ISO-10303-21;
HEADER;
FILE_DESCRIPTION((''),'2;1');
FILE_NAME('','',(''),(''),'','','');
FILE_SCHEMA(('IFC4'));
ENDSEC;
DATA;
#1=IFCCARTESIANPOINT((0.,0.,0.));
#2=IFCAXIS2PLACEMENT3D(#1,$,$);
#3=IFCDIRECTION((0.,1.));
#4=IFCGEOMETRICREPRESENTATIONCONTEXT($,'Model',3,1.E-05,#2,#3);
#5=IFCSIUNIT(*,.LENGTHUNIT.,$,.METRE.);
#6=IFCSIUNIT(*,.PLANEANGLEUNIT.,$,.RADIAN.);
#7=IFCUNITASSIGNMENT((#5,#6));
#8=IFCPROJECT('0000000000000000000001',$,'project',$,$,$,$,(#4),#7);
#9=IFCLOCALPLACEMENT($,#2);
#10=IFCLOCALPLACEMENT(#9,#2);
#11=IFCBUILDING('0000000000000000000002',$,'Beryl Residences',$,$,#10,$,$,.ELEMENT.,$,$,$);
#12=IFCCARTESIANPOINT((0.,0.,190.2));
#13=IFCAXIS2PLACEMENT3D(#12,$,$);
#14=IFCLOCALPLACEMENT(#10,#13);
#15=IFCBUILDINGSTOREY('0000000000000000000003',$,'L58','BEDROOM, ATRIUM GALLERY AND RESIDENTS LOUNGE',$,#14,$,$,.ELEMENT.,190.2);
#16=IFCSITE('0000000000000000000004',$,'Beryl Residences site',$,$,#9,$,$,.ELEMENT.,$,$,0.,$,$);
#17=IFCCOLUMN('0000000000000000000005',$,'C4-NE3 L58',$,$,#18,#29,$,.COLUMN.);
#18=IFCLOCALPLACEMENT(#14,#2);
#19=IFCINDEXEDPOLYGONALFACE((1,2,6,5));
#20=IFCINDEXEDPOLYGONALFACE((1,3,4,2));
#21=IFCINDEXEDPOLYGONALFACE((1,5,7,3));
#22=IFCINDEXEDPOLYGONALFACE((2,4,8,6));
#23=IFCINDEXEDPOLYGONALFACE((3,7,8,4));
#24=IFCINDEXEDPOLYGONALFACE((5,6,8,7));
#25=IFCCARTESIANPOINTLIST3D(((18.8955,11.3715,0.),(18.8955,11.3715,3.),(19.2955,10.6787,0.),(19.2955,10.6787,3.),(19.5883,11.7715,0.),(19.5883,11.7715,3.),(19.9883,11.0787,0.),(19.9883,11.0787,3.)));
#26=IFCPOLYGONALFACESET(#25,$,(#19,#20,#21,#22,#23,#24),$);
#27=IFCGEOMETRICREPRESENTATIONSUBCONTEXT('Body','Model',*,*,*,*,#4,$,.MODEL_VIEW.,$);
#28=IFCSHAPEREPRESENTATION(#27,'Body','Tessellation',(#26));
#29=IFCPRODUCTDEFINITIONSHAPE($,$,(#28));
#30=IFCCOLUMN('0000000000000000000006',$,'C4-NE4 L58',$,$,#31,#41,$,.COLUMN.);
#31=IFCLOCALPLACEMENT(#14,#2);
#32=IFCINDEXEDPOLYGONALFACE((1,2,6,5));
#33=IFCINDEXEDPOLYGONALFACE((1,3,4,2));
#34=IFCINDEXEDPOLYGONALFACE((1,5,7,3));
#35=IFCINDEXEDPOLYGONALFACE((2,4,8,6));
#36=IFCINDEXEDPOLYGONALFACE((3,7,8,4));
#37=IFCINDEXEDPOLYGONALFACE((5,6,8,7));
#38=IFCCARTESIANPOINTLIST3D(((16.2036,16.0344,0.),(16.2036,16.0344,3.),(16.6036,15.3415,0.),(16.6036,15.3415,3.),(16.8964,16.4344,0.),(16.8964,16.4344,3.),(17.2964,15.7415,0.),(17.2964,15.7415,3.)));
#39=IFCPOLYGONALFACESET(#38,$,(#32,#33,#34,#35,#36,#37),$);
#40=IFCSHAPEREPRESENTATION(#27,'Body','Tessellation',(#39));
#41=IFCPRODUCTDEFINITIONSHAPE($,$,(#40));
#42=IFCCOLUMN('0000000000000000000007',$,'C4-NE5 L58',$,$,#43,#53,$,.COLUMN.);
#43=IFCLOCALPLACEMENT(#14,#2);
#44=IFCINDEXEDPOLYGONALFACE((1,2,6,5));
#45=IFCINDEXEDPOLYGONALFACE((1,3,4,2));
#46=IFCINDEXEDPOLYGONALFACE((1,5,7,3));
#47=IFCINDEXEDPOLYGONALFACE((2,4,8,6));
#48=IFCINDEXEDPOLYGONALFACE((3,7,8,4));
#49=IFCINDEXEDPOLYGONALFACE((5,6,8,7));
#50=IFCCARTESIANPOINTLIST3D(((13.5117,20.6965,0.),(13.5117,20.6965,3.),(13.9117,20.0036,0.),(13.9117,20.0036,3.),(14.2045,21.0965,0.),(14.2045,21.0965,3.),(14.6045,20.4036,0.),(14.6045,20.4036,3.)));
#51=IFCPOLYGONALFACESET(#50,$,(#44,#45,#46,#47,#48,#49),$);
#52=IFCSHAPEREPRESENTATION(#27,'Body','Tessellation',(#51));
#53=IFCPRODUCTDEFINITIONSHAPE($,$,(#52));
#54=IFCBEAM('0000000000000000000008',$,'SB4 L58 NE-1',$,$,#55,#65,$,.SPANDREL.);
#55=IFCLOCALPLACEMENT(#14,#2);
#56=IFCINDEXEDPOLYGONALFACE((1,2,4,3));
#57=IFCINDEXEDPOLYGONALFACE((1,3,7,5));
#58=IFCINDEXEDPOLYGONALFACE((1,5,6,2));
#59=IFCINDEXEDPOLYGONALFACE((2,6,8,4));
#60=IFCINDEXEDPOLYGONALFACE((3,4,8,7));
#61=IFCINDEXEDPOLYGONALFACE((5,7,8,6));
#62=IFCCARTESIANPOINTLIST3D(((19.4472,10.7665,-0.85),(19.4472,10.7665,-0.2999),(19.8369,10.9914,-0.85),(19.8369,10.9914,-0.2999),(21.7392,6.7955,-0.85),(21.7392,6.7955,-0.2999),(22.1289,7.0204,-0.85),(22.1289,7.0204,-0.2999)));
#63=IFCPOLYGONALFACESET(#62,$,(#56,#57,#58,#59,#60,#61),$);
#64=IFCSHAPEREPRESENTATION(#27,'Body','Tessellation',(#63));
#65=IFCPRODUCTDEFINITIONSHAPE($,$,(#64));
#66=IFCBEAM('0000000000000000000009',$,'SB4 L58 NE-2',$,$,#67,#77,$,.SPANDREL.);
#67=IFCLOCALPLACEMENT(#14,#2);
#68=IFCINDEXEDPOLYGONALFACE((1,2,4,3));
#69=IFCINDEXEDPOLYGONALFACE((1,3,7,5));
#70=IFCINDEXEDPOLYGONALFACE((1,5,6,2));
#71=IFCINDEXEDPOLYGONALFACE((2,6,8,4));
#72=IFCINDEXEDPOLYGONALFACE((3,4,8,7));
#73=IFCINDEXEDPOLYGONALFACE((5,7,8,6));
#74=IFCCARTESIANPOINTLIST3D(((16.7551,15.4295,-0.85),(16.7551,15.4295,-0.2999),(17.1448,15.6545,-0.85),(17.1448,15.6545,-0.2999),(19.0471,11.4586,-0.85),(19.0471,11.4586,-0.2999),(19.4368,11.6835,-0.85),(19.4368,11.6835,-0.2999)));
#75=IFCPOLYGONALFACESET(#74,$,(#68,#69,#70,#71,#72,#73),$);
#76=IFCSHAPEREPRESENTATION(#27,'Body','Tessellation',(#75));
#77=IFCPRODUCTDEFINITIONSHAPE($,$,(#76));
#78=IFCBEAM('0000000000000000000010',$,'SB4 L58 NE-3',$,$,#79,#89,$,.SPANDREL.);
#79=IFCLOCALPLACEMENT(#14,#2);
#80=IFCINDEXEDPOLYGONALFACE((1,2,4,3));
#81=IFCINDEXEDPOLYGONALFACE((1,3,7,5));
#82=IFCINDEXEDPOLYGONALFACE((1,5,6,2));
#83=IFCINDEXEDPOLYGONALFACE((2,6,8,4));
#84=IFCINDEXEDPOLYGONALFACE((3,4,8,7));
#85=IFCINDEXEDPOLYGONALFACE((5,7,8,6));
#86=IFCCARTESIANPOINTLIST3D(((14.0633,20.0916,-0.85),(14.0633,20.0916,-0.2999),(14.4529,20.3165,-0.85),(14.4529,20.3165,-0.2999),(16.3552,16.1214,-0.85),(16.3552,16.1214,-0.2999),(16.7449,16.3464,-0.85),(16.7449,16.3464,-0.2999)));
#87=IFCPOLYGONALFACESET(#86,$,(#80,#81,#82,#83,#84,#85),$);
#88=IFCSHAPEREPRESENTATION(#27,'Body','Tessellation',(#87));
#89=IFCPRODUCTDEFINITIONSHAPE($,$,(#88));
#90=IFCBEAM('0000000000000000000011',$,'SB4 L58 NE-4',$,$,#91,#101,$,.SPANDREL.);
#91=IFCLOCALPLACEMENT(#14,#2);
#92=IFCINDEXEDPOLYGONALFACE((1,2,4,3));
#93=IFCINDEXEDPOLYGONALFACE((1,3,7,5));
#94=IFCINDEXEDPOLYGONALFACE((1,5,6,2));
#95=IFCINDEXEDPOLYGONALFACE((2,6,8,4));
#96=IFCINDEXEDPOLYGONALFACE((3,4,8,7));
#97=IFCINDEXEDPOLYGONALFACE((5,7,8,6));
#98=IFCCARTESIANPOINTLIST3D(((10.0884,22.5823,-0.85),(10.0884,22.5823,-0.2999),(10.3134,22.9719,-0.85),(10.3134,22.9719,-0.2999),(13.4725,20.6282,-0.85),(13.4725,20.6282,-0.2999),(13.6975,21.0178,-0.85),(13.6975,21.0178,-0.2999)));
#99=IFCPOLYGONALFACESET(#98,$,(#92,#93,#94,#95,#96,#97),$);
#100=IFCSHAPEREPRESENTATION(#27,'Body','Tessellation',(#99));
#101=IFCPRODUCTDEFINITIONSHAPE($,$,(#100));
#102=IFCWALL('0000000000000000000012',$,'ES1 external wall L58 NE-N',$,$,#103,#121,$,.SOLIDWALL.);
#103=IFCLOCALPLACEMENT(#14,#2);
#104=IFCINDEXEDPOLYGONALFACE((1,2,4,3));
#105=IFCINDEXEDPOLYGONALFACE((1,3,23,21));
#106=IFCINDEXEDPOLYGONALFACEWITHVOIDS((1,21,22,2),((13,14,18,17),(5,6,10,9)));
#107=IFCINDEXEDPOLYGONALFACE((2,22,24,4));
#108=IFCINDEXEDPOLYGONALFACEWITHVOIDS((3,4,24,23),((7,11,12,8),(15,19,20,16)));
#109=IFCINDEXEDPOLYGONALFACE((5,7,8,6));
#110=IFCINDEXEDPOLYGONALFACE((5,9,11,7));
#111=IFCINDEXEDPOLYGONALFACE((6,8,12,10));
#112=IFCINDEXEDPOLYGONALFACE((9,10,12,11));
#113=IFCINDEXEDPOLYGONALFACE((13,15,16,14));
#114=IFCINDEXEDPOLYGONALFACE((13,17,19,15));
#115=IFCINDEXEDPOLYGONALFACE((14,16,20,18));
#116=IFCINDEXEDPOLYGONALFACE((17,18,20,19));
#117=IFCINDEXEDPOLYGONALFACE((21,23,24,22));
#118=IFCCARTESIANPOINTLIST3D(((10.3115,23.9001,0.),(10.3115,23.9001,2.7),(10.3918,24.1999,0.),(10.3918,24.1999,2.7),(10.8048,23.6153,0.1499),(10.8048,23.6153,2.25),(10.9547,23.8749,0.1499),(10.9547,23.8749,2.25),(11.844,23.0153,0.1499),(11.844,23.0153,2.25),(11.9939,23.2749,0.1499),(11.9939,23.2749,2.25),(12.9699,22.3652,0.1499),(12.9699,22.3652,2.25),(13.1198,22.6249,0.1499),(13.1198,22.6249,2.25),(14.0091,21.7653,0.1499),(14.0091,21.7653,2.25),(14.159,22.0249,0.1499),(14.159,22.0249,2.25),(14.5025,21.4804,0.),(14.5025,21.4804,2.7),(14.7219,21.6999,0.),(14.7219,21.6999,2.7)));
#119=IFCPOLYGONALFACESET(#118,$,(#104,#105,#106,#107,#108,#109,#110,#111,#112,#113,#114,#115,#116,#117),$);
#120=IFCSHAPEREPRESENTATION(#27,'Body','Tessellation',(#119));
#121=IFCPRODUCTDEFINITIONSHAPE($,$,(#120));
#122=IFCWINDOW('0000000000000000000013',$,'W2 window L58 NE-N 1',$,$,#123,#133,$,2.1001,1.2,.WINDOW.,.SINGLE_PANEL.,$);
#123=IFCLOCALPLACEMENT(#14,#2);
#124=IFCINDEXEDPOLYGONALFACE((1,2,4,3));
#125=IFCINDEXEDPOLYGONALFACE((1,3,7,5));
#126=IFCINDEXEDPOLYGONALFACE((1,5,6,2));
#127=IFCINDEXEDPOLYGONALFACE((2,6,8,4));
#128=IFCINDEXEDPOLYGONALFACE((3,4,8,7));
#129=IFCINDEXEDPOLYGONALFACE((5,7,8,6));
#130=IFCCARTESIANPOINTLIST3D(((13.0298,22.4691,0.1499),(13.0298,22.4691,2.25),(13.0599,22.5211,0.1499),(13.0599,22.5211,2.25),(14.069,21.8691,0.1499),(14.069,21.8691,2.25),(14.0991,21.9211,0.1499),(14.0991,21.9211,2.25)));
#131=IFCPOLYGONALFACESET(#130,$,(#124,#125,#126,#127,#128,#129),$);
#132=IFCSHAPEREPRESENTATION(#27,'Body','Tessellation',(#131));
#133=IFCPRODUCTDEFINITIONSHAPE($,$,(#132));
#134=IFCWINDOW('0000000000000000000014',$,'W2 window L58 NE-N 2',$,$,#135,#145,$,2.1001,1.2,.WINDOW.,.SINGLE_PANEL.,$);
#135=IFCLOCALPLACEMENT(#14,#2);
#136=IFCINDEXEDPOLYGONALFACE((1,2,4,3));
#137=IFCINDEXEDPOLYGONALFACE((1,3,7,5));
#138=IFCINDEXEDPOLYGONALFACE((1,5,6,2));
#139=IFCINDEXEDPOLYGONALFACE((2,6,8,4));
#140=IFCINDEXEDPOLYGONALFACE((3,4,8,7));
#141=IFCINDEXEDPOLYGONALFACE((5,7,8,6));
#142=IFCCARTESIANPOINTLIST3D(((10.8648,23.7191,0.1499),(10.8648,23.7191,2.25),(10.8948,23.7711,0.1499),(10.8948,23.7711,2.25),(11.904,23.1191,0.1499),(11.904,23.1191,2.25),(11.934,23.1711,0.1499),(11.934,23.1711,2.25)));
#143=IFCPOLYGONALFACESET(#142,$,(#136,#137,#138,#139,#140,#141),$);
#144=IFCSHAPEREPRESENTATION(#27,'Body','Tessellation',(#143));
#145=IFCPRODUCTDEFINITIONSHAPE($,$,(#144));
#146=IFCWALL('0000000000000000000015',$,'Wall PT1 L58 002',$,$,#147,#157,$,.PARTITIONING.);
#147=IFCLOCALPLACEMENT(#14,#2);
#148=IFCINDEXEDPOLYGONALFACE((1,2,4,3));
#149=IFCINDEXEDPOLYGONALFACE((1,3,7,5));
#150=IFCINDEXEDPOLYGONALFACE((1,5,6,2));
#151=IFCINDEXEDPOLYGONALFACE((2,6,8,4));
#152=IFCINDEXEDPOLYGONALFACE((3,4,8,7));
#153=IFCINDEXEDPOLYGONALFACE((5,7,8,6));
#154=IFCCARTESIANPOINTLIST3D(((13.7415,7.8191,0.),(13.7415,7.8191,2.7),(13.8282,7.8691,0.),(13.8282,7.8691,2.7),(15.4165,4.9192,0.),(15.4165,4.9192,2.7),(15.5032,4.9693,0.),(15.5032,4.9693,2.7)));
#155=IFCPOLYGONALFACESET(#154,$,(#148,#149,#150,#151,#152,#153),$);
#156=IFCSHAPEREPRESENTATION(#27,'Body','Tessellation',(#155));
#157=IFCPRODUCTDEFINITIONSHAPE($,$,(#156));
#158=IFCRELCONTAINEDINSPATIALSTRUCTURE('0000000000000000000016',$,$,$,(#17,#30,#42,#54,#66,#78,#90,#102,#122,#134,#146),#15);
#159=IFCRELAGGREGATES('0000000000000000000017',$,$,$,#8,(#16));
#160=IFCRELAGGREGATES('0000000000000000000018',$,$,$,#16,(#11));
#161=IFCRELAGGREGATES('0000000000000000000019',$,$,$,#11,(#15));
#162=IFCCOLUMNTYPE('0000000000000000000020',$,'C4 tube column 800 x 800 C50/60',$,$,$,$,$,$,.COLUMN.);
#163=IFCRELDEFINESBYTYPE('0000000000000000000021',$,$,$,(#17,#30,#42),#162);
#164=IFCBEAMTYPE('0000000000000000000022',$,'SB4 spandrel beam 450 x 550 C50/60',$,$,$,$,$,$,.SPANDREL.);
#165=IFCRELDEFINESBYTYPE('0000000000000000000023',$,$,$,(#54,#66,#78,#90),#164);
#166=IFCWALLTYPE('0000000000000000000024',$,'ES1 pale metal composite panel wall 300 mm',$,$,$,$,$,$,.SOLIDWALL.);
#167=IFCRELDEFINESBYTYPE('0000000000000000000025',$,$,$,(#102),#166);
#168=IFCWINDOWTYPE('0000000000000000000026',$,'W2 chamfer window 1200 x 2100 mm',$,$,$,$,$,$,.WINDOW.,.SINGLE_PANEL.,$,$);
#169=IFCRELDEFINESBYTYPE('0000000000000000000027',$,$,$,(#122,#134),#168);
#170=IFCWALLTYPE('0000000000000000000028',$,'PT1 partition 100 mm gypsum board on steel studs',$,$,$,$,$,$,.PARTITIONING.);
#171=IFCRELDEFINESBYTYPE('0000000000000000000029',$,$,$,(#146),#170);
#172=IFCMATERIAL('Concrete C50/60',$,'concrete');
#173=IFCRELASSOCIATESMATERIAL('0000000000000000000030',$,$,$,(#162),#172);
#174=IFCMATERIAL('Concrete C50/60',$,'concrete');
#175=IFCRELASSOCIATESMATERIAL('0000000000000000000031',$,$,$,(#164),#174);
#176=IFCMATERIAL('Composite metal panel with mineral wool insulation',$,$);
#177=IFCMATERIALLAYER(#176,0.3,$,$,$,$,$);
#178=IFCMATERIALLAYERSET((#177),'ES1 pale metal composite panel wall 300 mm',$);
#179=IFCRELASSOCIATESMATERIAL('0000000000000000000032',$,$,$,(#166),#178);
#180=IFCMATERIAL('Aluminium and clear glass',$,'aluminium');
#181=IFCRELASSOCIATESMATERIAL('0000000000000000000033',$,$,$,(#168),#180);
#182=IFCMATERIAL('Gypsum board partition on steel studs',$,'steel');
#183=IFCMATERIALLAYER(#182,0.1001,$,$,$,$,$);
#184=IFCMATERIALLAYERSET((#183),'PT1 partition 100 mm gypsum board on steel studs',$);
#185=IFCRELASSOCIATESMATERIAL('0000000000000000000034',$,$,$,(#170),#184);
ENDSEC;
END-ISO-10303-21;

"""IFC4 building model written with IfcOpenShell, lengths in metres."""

from ifc_helpers import new_model, si_unit, direction, frame, frame_2d, origin, origin_2d, place, context, subcontext, project, spatial, polyline, rectangle, outline, extrude, material, layer, layer_set, material_profile, profile_set, type_object, element, fill, save


model = new_model("IFC4")

# Units and contexts
model_context = context("Model", 3, precision=1e-05, world=origin(), true_north=direction((0.0, 1.0)))
body_context = subcontext(model_context, "Body", "Model", "MODEL_VIEW")
ifc_project = project(units=[si_unit("LENGTHUNIT", "METRE"), si_unit("PLANEANGLEUNIT", "RADIAN")], contexts=[model_context])

# Site, building, storey
site_placement = place(None, origin())
site = spatial("IfcSite", under=ifc_project, at=site_placement, Name="Beryl Residences site", CompositionType="ELEMENT", RefElevation=0.0)
building_placement = place(site_placement, origin())
building = spatial("IfcBuilding", under=site, at=building_placement, Name="Beryl Residences", CompositionType="ELEMENT")
storey_placement = place(building_placement, frame((0.0, 0.0, 190.2)))
storey = spatial("IfcBuildingStorey", under=building, at=storey_placement, Name="L58", Description="BEDROOM, ATRIUM GALLERY AND RESIDENTS LOUNGE", CompositionType="ELEMENT", Elevation=190.2)

# Columns
ifc_material_1 = material(Name="Concrete C50/60", Category="concrete")
ifc_material_profile_1 = material_profile(ifc_material_1, rectangle(XDim=0.8, YDim=0.8, at=origin_2d()))
ifc_profile_set_1 = profile_set([ifc_material_profile_1], Name="Concrete C50/60")
column_type = type_object("IfcColumnType", Name="C4 tube column 800 x 800 C50/60", PredefinedType="COLUMN", material=ifc_profile_set_1)
for number, where, z_axis, x_axis, name in (
    (1, (19.4419, 11.2251, 0.0), (0.0, 0.0, 1.0), (-0.5, 0.866025, 0.0), "C4-NE3 L58"),
    (2, (16.75, 15.8879, 0.0), (0.0, 0.0, 1.0), (-0.5, 0.866025, 0.0), "C4-NE4 L58"),
    (3, (14.0581, 20.55, 0.0), (0.0, 0.0, 1.0), (-0.5, 0.866025, 0.0), "C4-NE5 L58"),
):
    element("IfcColumn", number, at=place(storey_placement, frame(where, z_axis=z_axis, x_axis=x_axis)), inside=storey, type_object=column_type, Name=name, PredefinedType="COLUMN", context=body_context, shape_type="SweptSolid", body=[
        extrude(rectangle(XDim=0.8, YDim=0.8, at=origin_2d()), origin(), (0.0, 0.0, 1.0), 3.0),
    ])

# Beams
ifc_material_2 = material(Name="Concrete C50/60", Category="concrete")
ifc_material_profile_2 = material_profile(ifc_material_2, rectangle(XDim=0.45, YDim=0.55, at=origin_2d()))
ifc_profile_set_2 = profile_set([ifc_material_profile_2], Name="Concrete C50/60")
beam_type = type_object("IfcBeamType", Name="SB4 spandrel beam 450 x 550 C50/60", PredefinedType="SPANDREL", material=ifc_profile_set_2)
for number, where, z_axis, x_axis, name in (
    (4, (21.9341, 6.908, -0.575), (-0.499896, 0.866085, 0.0), (-0.866085, -0.499896, 0.0), "SB4 L58 NE-1"),
    (5, (19.2419, 11.571, -0.575), (-0.499896, 0.866085, 0.0), (-0.866085, -0.499896, 0.0), "SB4 L58 NE-2"),
):
    element("IfcBeam", number, at=place(storey_placement, frame(where, z_axis=z_axis, x_axis=x_axis)), inside=storey, type_object=beam_type, Name=name, PredefinedType="SPANDREL", context=body_context, shape_type="SweptSolid", body=[
        extrude(rectangle(XDim=0.45, YDim=0.55, at=origin_2d()), origin(), (0.0, 0.0, 1.0), 4.585),
    ])
beam_1_placement = place(storey_placement, frame((16.55, 16.2339, -0.575), z_axis=(-0.499965, 0.866045, 0.0), x_axis=(-0.866045, -0.499965, 0.0)))
element("IfcBeam", 6, at=beam_1_placement, inside=storey, type_object=beam_type, Name="SB4 L58 NE-3", PredefinedType="SPANDREL", context=body_context, shape_type="SweptSolid", body=[
    extrude(rectangle(XDim=0.45, YDim=0.55, at=origin_2d()), origin(), (0.0, 0.0, 1.0), 4.5842),
])
beam_2_placement = place(storey_placement, frame((13.585, 20.823, -0.575), z_axis=(-0.865989, 0.500063, 0.0), x_axis=(-0.500063, -0.865989, 0.0)))
element("IfcBeam", 7, at=beam_2_placement, inside=storey, type_object=beam_type, Name="SB4 L58 NE-4", PredefinedType="SPANDREL", context=body_context, shape_type="SweptSolid", body=[
    extrude(rectangle(XDim=0.45, YDim=0.55, at=origin_2d()), origin(), (0.0, 0.0, 1.0), 3.9077),
])

# Wall, openings, windows
ifc_material_3 = material(Name="Composite metal panel with mineral wool insulation")
ifc_layer_1 = layer(ifc_material_3, 0.3)
ifc_layer_set_1 = layer_set([ifc_layer_1], Name="ES1 pale metal composite panel wall 300 mm")
wall_type_1 = type_object("IfcWallType", Name="ES1 pale metal composite panel wall 300 mm", PredefinedType="SOLIDWALL", material=ifc_layer_set_1)
wall_1_placement = place(storey_placement, frame((14.647, 21.5701, 0.0), z_axis=(0.0, 0.0, 1.0), x_axis=(-0.866023, 0.500004, 0.0)))
wall_1 = element("IfcWall", 8, at=wall_1_placement, inside=storey, type_object=wall_type_1, Name="ES1 external wall L58 NE-N", PredefinedType="SOLIDWALL", context=body_context, shape_type="SweptSolid", body=[
    extrude(outline(polyline([(0.0, -0.1499), (5.0, -0.1499), (4.9197, 0.1499), (0.0803, 0.1499), (0.0, -0.1499)])), origin(), (0.0, 0.0, 1.0), 2.7),
])
opening_1_placement = place(wall_1_placement, frame((0.6499, 0.0, 0.1499)))
opening_1 = element("IfcOpeningElement", 9, at=opening_1_placement, cuts=wall_1, PredefinedType="OPENING", context=body_context, shape_type="SweptSolid", body=[
    extrude(rectangle(XDim=1.2, YDim=2.1001, at=frame_2d((0.6001, 1.05))), frame((0.0, 0.1599, 0.0), z_axis=(0.0, -1.0, 0.0), x_axis=(1.0, 0.0, 0.0)), (0.0, 0.0, 1.0), 0.3201),
])
opening_2_placement = place(wall_1_placement, frame((3.1499, 0.0, 0.1499)))
opening_2 = element("IfcOpeningElement", 10, at=opening_2_placement, cuts=wall_1, PredefinedType="OPENING", context=body_context, shape_type="SweptSolid", body=[
    extrude(rectangle(XDim=1.2, YDim=2.1001, at=frame_2d((0.6001, 1.05))), frame((0.0, 0.1599, 0.0), z_axis=(0.0, -1.0, 0.0), x_axis=(1.0, 0.0, 0.0)), (0.0, 0.0, 1.0), 0.3201),
])
ifc_material_4 = material(Name="Aluminium and clear glass", Category="aluminium")
window_type = type_object("IfcWindowType", Name="W2 chamfer window 1200 x 2100 mm", PartitioningType="SINGLE_PANEL", PredefinedType="WINDOW", material=ifc_material_4)
window_1_placement = place(opening_1_placement, origin())
window_1 = element("IfcWindow", 11, at=window_1_placement, inside=storey, type_object=window_type, Name="W2 window L58 NE-N 1", OverallHeight=2.1001, OverallWidth=1.2, PartitioningType="SINGLE_PANEL", PredefinedType="WINDOW", context=body_context, shape_type="SweptSolid", body=[
    extrude(rectangle(XDim=1.2, YDim=2.1001, at=frame_2d((0.6001, 1.05))), frame((0.0, 0.03, 0.0), z_axis=(0.0, -1.0, 0.0), x_axis=(1.0, 0.0, 0.0)), (0.0, 0.0, 1.0), 0.0601),
])
fill(opening_1, window_1)
window_2_placement = place(opening_2_placement, origin())
window_2 = element("IfcWindow", 12, at=window_2_placement, inside=storey, type_object=window_type, Name="W2 window L58 NE-N 2", OverallHeight=2.1001, OverallWidth=1.2, PartitioningType="SINGLE_PANEL", PredefinedType="WINDOW", context=body_context, shape_type="SweptSolid", body=[
    extrude(rectangle(XDim=1.2, YDim=2.1001, at=frame_2d((0.6001, 1.05))), frame((0.0, 0.03, 0.0), z_axis=(0.0, -1.0, 0.0), x_axis=(1.0, 0.0, 0.0)), (0.0, 0.0, 1.0), 0.0601),
])
fill(opening_2, window_2)

# Wall
ifc_material_5 = material(Name="Gypsum board partition on steel studs", Category="steel")
ifc_layer_2 = layer(ifc_material_5, 0.1001)
ifc_layer_set_2 = layer_set([ifc_layer_2], Name="PT1 partition 100 mm gypsum board on steel studs")
wall_type_2 = type_object("IfcWallType", Name="PT1 partition 100 mm gypsum board on steel studs", PredefinedType="PARTITIONING", material=ifc_layer_set_2)
wall_2_placement = place(storey_placement, frame((13.7849, 7.844, 0.0), z_axis=(0.0, 0.0, 1.0), x_axis=(0.500177, -0.865923, 0.0)))
element("IfcWall", 13, at=wall_2_placement, inside=storey, type_object=wall_type_2, Name="Wall PT1 L58 002", PredefinedType="PARTITIONING", context=body_context, shape_type="SweptSolid", body=[
    extrude(rectangle(XDim=3.3489, YDim=0.1001, at=frame_2d((1.6743, 0.0))), origin(), (0.0, 0.0, 1.0), 2.7),
])

save(model, "model.ifc")
